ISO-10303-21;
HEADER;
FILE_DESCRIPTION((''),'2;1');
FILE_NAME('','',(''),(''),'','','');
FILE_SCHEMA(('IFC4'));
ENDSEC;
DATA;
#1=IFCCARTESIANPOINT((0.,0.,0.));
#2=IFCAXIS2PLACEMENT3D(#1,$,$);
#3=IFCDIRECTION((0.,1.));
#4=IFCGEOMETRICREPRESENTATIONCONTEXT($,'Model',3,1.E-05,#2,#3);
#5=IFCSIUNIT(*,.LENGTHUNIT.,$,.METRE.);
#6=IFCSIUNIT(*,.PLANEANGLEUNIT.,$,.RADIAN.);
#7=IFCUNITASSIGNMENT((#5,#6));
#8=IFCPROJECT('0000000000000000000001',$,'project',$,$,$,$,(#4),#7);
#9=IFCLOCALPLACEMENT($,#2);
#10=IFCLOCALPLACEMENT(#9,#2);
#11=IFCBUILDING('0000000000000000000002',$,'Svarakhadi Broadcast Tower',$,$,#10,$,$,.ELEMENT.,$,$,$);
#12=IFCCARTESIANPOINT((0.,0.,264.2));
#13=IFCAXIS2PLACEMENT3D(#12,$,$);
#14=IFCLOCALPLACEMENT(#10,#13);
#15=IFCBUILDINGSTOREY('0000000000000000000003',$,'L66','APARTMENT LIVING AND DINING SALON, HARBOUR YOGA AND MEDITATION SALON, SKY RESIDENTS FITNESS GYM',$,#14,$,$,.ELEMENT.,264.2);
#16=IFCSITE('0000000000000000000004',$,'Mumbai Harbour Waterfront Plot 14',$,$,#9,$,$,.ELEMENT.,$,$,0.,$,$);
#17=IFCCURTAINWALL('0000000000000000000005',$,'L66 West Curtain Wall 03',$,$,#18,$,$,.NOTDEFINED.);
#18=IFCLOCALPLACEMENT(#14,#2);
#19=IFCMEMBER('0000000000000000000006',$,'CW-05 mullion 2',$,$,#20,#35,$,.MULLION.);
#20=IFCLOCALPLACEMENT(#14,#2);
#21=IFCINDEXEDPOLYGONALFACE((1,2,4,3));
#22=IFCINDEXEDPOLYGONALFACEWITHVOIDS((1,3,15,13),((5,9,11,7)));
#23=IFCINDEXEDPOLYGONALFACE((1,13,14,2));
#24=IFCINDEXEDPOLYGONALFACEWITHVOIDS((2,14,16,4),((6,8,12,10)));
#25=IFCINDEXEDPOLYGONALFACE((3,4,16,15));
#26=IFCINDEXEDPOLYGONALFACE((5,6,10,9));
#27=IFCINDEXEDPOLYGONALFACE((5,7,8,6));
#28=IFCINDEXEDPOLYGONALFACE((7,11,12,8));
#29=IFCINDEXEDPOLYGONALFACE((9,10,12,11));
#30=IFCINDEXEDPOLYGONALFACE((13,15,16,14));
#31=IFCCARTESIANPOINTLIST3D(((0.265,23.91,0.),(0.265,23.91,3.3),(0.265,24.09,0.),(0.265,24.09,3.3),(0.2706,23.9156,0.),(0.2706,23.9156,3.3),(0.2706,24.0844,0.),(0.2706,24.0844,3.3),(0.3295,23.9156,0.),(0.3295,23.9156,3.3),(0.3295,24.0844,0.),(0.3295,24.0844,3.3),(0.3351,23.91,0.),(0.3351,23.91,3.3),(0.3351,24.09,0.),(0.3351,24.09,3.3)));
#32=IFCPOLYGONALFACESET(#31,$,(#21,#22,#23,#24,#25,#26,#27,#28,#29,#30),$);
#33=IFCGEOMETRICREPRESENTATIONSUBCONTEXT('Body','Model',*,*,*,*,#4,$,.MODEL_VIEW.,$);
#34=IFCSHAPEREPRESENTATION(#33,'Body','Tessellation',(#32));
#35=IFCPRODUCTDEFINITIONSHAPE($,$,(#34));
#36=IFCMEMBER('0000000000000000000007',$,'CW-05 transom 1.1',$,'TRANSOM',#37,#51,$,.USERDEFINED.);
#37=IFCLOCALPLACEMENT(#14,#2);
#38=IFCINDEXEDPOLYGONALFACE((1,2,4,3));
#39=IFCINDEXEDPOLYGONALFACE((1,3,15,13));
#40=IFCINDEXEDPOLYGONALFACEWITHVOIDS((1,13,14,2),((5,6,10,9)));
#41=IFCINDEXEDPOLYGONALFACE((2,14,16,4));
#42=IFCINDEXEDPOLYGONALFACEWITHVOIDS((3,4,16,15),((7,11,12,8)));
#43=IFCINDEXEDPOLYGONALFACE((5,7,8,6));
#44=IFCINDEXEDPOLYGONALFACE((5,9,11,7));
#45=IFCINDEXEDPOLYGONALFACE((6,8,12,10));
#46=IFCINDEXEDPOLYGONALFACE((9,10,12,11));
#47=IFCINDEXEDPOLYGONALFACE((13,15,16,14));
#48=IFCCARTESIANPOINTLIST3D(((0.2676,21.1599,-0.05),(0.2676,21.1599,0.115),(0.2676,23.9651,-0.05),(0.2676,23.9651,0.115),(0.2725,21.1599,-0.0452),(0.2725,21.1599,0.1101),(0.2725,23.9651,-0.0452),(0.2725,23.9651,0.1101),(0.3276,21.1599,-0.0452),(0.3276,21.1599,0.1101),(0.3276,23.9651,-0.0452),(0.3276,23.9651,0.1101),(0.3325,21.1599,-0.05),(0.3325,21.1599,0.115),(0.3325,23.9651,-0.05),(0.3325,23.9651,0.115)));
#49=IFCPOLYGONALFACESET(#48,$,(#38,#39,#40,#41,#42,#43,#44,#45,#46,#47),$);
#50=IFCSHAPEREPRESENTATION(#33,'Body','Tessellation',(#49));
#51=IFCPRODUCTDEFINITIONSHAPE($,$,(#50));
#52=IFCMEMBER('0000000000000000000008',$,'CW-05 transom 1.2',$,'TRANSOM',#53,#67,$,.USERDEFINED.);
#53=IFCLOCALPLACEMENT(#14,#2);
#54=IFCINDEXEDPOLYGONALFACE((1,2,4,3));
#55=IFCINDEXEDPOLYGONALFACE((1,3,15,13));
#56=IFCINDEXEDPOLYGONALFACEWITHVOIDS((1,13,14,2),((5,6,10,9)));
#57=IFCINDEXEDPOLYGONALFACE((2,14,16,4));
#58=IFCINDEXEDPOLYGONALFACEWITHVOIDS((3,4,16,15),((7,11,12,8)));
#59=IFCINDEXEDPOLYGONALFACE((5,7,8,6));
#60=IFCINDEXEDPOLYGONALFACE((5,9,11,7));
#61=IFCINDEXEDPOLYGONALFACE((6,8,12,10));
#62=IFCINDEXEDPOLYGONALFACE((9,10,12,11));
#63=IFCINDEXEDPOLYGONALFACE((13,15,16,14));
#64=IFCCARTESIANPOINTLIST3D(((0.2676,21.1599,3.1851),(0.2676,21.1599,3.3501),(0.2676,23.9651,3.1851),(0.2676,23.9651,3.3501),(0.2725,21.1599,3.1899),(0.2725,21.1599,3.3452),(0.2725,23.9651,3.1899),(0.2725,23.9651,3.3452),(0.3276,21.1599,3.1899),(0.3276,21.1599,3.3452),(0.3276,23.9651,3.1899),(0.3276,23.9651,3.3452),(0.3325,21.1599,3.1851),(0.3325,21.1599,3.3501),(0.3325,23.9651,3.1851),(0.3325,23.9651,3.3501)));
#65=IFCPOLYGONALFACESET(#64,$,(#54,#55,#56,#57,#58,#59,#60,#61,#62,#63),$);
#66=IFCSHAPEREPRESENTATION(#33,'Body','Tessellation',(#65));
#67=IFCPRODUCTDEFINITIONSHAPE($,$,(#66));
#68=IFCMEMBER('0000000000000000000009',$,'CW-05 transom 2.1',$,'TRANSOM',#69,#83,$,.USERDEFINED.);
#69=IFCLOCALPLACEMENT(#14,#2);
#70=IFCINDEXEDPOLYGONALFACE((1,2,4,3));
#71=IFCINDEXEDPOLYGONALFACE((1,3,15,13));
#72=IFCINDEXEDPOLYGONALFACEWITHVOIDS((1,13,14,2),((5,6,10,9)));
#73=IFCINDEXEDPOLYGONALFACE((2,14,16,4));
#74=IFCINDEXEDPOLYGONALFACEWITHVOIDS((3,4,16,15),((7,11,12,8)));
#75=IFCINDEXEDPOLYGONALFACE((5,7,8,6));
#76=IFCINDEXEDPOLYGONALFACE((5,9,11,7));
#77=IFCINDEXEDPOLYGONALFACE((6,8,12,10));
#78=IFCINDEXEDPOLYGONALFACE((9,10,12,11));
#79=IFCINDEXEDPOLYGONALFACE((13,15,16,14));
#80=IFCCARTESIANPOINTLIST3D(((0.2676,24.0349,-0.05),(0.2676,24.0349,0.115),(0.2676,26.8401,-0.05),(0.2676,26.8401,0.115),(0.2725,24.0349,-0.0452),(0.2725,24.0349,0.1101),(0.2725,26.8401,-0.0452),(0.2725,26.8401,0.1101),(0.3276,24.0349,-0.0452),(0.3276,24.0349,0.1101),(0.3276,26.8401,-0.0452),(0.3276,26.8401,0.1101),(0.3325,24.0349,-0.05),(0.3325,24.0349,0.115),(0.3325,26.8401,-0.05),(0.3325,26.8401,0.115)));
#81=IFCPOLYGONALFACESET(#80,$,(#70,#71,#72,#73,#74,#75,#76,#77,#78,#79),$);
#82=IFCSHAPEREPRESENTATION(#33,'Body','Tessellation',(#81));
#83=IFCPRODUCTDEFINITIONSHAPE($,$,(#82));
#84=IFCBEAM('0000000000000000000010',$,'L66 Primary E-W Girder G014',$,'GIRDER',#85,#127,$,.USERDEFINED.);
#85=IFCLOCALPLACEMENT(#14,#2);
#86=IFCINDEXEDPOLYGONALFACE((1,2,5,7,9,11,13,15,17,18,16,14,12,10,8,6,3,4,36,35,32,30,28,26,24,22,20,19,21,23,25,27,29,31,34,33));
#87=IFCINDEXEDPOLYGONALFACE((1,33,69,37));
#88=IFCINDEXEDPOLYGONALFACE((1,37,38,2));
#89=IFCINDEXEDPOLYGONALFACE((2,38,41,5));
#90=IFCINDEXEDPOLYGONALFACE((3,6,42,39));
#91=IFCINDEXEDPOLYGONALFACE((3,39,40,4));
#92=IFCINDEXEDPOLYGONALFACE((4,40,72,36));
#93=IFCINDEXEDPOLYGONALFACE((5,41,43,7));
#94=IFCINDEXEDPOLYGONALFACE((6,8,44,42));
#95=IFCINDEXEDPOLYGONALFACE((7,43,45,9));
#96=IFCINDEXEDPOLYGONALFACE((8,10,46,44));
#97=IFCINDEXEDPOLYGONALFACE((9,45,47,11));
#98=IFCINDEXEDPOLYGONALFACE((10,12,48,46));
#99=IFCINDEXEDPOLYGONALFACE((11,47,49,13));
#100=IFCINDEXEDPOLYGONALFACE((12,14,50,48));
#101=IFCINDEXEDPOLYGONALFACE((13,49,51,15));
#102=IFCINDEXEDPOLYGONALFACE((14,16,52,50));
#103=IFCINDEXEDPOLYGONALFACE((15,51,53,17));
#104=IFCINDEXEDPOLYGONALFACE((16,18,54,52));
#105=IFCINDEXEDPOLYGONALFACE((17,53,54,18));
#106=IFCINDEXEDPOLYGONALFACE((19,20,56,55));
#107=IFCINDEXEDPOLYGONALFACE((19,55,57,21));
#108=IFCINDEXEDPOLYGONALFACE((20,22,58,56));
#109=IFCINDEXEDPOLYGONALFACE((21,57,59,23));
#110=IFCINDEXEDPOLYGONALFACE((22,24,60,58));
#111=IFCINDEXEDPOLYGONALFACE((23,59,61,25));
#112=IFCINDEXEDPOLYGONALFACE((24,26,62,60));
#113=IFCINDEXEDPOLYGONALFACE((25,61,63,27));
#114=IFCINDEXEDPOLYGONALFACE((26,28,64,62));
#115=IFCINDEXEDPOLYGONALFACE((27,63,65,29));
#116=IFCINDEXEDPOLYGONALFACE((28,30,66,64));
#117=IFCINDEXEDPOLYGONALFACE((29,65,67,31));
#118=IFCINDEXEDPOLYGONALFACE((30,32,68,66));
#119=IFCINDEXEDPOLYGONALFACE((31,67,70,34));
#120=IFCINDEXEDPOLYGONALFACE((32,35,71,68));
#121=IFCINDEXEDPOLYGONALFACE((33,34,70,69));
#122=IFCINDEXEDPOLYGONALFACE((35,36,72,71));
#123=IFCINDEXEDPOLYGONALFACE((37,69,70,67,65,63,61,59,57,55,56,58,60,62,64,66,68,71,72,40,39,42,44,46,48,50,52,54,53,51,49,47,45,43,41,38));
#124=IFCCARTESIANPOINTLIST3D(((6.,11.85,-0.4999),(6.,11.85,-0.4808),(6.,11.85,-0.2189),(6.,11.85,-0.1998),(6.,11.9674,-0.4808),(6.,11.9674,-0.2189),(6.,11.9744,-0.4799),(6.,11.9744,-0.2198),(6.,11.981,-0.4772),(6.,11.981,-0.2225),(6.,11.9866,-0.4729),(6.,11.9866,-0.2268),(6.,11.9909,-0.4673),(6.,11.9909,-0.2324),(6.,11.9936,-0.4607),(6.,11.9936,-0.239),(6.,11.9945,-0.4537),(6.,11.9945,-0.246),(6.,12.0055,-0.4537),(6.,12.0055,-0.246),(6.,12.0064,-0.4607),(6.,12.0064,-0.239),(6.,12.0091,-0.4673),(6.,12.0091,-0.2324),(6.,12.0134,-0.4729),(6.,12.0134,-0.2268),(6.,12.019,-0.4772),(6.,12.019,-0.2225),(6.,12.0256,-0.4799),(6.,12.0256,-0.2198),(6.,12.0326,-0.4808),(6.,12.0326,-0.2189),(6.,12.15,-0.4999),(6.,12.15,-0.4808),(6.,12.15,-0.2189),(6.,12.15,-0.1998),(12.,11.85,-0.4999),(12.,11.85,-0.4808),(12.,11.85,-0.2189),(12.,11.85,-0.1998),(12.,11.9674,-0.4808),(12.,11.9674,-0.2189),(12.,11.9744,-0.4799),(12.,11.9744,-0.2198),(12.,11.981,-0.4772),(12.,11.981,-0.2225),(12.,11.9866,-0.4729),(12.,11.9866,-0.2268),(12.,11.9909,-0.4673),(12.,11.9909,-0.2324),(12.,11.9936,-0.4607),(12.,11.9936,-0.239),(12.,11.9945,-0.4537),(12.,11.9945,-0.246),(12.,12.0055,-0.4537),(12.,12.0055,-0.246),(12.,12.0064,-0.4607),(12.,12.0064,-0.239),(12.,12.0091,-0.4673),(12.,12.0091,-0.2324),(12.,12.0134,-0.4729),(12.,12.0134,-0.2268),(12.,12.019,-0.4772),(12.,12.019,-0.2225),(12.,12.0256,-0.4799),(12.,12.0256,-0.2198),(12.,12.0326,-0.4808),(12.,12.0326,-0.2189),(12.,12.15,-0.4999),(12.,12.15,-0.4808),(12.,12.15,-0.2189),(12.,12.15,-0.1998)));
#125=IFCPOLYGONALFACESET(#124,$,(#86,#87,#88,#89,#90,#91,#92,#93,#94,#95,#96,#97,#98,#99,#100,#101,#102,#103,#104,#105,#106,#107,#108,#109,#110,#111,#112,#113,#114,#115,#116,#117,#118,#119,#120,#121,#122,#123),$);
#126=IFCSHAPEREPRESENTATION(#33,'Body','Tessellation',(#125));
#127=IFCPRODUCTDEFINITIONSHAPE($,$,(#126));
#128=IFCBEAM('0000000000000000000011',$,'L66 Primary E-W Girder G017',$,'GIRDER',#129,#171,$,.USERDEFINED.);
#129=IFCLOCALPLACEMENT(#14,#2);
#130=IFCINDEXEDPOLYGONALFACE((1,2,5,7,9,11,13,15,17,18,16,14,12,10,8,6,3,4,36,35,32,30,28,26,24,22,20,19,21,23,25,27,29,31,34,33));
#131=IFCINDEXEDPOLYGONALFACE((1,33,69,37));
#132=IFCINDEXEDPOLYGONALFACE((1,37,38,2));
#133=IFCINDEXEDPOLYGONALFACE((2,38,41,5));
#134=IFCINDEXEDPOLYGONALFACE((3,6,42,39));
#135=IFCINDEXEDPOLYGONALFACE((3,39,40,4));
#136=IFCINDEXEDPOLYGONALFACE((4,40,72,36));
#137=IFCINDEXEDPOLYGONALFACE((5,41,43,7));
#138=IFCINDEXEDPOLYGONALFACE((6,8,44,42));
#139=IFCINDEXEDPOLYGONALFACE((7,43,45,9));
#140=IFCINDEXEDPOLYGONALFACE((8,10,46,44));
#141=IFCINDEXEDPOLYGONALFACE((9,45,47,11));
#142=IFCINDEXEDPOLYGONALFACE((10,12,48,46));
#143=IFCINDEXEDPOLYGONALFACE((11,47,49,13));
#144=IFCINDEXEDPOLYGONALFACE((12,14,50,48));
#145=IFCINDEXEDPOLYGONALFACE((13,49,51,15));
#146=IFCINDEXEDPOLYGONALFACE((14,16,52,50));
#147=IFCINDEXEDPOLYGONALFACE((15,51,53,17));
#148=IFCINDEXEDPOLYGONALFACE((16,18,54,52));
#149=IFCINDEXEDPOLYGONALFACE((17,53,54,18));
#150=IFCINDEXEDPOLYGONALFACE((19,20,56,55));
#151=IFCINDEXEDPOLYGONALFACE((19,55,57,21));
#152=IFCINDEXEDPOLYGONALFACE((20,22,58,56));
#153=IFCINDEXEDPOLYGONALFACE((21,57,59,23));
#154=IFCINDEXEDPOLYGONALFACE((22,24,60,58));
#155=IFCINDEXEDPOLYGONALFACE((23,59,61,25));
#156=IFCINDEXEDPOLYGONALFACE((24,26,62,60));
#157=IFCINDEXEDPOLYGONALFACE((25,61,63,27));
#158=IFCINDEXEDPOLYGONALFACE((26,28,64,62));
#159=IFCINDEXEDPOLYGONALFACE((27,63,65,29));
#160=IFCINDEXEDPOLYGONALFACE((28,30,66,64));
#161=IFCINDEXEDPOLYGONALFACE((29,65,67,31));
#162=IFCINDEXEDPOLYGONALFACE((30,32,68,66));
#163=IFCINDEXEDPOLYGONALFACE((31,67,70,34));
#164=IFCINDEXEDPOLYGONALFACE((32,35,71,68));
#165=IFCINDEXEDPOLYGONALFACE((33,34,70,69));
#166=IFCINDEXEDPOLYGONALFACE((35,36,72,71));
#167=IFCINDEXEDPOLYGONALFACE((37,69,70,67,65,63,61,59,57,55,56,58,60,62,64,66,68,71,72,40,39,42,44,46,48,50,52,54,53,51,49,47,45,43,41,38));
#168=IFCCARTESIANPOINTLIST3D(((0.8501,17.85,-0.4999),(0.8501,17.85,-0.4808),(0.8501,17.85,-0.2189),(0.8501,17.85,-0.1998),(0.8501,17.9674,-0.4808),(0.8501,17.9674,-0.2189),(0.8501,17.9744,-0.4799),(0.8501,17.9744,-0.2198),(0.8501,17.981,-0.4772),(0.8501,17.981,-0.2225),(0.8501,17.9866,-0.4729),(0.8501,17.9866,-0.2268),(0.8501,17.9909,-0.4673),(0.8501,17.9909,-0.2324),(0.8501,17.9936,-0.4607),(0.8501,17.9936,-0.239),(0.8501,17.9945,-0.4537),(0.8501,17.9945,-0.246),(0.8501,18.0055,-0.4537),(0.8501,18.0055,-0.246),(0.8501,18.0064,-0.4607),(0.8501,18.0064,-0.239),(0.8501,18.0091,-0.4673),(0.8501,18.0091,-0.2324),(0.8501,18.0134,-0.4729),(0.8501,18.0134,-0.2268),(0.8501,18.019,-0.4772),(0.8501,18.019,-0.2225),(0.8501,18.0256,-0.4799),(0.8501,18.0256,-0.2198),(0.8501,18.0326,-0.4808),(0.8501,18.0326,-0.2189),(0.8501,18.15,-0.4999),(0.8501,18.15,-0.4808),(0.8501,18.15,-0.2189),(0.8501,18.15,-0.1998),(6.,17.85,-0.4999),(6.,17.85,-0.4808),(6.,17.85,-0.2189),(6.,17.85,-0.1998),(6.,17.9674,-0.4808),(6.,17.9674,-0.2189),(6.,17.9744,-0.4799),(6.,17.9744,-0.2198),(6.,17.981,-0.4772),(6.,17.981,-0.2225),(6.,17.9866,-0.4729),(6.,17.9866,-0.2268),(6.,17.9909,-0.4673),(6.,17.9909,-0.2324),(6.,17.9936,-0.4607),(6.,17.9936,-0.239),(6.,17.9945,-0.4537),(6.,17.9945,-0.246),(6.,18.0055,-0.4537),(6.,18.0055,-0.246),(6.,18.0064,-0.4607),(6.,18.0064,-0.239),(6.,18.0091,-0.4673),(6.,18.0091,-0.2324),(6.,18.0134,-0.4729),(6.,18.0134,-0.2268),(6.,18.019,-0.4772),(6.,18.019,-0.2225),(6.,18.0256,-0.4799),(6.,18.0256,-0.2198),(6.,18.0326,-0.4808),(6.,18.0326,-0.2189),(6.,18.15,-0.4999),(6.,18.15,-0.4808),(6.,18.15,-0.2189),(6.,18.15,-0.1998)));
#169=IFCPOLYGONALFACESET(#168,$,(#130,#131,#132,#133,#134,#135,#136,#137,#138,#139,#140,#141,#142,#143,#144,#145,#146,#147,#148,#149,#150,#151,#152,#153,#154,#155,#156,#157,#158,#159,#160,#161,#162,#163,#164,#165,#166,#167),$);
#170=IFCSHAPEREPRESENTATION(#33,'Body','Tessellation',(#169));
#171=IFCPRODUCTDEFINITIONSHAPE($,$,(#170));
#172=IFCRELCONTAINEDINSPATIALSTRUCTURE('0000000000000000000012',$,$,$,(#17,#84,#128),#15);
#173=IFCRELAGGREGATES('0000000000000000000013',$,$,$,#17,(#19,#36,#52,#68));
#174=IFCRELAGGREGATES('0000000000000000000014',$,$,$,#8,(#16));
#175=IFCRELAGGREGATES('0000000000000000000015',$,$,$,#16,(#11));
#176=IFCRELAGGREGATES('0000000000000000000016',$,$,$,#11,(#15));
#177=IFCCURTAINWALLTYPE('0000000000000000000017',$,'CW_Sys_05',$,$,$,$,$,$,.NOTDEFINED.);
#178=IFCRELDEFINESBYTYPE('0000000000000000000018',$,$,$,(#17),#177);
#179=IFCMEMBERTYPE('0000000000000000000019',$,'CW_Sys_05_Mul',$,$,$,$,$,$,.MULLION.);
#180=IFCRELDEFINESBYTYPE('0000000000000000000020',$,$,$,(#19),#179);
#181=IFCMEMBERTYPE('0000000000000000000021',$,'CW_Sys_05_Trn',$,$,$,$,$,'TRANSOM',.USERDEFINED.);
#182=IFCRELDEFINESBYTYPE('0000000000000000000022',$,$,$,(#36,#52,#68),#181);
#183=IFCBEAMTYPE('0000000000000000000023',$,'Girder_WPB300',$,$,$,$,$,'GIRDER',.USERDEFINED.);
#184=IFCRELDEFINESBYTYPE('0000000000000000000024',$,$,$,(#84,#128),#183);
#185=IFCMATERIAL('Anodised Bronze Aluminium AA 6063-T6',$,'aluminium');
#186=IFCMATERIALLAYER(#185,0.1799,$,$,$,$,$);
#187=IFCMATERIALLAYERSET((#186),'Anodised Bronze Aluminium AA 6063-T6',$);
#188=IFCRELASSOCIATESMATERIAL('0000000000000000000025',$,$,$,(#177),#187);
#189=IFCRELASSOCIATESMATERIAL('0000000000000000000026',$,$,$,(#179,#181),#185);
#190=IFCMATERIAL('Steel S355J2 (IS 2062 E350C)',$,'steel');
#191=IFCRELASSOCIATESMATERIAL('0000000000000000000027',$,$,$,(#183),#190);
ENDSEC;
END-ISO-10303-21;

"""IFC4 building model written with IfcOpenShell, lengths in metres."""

from ifc_helpers import new_model, si_unit, direction, frame, origin, origin_2d, place, context, subcontext, project, spatial, hollow_rectangle, i_section, extrude, material, layer, layer_set, material_profile, profile_set, type_object, element, aggregate, save


model = new_model("IFC4")

# Units and contexts
model_context = context("Model", 3, precision=1e-05, world=origin(), true_north=direction((0.0, 1.0)))
body_context = subcontext(model_context, "Body", "Model", "MODEL_VIEW")
ifc_project = project(units=[si_unit("LENGTHUNIT", "METRE"), si_unit("PLANEANGLEUNIT", "RADIAN")], contexts=[model_context])

# Site, building, storey
site_placement = place(None, origin())
site = spatial("IfcSite", under=ifc_project, at=site_placement, Name="Mumbai Harbour Waterfront Plot 14", CompositionType="ELEMENT", RefElevation=0.0)
building_placement = place(site_placement, origin())
building = spatial("IfcBuilding", under=site, at=building_placement, Name="Svarakhadi Broadcast Tower", CompositionType="ELEMENT")
storey_placement = place(building_placement, frame((0.0, 0.0, 264.2)))
storey = spatial("IfcBuildingStorey", under=building, at=storey_placement, Name="L66", Description="APARTMENT LIVING AND DINING SALON, HARBOUR YOGA AND MEDITATION SALON, SKY RESIDENTS FITNESS GYM", CompositionType="ELEMENT", Elevation=264.2)

# Shared definitions
ifc_material_1 = material(Name="Steel S355J2 (IS 2062 E350C)", Category="steel")

# Curtain wall, members
ifc_material_2 = material(Name="Anodised Bronze Aluminium AA 6063-T6", Category="aluminium")
ifc_layer_1 = layer(ifc_material_2, 0.1799)
ifc_layer_set_1 = layer_set([ifc_layer_1], Name="Anodised Bronze Aluminium AA 6063-T6")
curtain_wall_type = type_object("IfcCurtainWallType", Name="CW_Sys_05", PredefinedType="NOTDEFINED", material=ifc_layer_set_1)
curtain_wall_placement = place(storey_placement, origin())
curtain_wall = element("IfcCurtainWall", 1, at=curtain_wall_placement, inside=storey, type_object=curtain_wall_type, Name="L66 West Curtain Wall 03", PredefinedType="NOTDEFINED")
ifc_material_profile_1 = material_profile(ifc_material_2, hollow_rectangle(XDim=0.0701, YDim=0.1799, WallThickness=0.0056, at=origin_2d()), Name="ALU MULLION 180x70x6")
ifc_profile_set_1 = profile_set([ifc_material_profile_1], Name="Anodised Bronze Aluminium AA 6063-T6")
member_type_1 = type_object("IfcMemberType", Name="CW_Sys_05_Mul", PredefinedType="MULLION", material=ifc_profile_set_1)
member_1_placement = place(storey_placement, frame((0.3, 24.0, 0.0), z_axis=(0.0, 0.0, 1.0), x_axis=(-1.0, 0.0, 0.0)))
member_1 = element("IfcMember", 2, at=member_1_placement, type_object=member_type_1, Name="CW-05 mullion 2", PredefinedType="MULLION", context=body_context, shape_type="SweptSolid", body=[
    extrude(hollow_rectangle(XDim=0.0701, YDim=0.1799, WallThickness=0.0056, at=origin_2d()), origin(), (0.0, 0.0, 1.0), 3.3),
])
ifc_material_profile_2 = material_profile(ifc_material_2, hollow_rectangle(XDim=0.0649, YDim=0.165, WallThickness=0.0049, at=origin_2d()), Name="ALU TRANSOM 165x65x5")
ifc_profile_set_2 = profile_set([ifc_material_profile_2], Name="Anodised Bronze Aluminium AA 6063-T6")
member_type_2 = type_object("IfcMemberType", Name="CW_Sys_05_Trn", ElementType="TRANSOM", PredefinedType="USERDEFINED", material=ifc_profile_set_2)
member_2_placement = place(storey_placement, frame((0.3, 21.1599, 0.0325), z_axis=(0.0, 1.0, 0.0), x_axis=(-1.0, 0.0, 0.0)))
member_2 = element("IfcMember", 3, at=member_2_placement, type_object=member_type_2, Name="CW-05 transom 1.1", ObjectType="TRANSOM", PredefinedType="USERDEFINED", context=body_context, shape_type="SweptSolid", body=[
    extrude(hollow_rectangle(XDim=0.0649, YDim=0.165, WallThickness=0.0049, at=origin_2d()), origin(), (0.0, 0.0, 1.0), 2.8052),
])
member_3_placement = place(storey_placement, frame((0.3, 21.1599, 3.2676), z_axis=(0.0, 1.0, 0.0), x_axis=(-1.0, 0.0, 0.0)))
member_3 = element("IfcMember", 4, at=member_3_placement, type_object=member_type_2, Name="CW-05 transom 1.2", ObjectType="TRANSOM", PredefinedType="USERDEFINED", context=body_context, shape_type="SweptSolid", body=[
    extrude(hollow_rectangle(XDim=0.0649, YDim=0.165, WallThickness=0.0049, at=origin_2d()), origin(), (0.0, 0.0, 1.0), 2.8052),
])
member_4_placement = place(storey_placement, frame((0.3, 24.0349, 0.0325), z_axis=(0.0, 1.0, 0.0), x_axis=(-1.0, 0.0, 0.0)))
member_4 = element("IfcMember", 5, at=member_4_placement, type_object=member_type_2, Name="CW-05 transom 2.1", ObjectType="TRANSOM", PredefinedType="USERDEFINED", context=body_context, shape_type="SweptSolid", body=[
    extrude(hollow_rectangle(XDim=0.0649, YDim=0.165, WallThickness=0.0049, at=origin_2d()), origin(), (0.0, 0.0, 1.0), 2.8052),
])

# Beams
ifc_material_profile_3 = material_profile(ifc_material_1, i_section(OverallWidth=0.3, OverallDepth=0.3, WebThickness=0.011, FlangeThickness=0.019, FilletRadius=0.0271, at=origin_2d()), Name="WPB 300x300x117")
ifc_profile_set_3 = profile_set([ifc_material_profile_3], Name="Steel S355J2 (IS 2062 E350C)")
beam_type_1 = type_object("IfcBeamType", Name="Girder_WPB300", ElementType="GIRDER", PredefinedType="USERDEFINED", material=ifc_profile_set_3)
beam_1_placement = place(storey_placement, frame((6.0, 12.0, -0.3499), z_axis=(1.0, 0.0, 0.0), x_axis=(0.0, 1.0, 0.0)))
element("IfcBeam", 6, at=beam_1_placement, inside=storey, type_object=beam_type_1, Name="L66 Primary E-W Girder G014", ObjectType="GIRDER", PredefinedType="USERDEFINED", context=body_context, shape_type="SweptSolid", body=[
    extrude(i_section(OverallWidth=0.3, OverallDepth=0.3, WebThickness=0.011, FlangeThickness=0.019, FilletRadius=0.0271, at=origin_2d()), origin(), (0.0, 0.0, 1.0), 6.0),
])
beam_2_placement = place(storey_placement, frame((0.8501, 18.0, -0.3499), z_axis=(1.0, 0.0, 0.0), x_axis=(0.0, 1.0, 0.0)))
element("IfcBeam", 7, at=beam_2_placement, inside=storey, type_object=beam_type_1, Name="L66 Primary E-W Girder G017", ObjectType="GIRDER", PredefinedType="USERDEFINED", context=body_context, shape_type="SweptSolid", body=[
    extrude(i_section(OverallWidth=0.3, OverallDepth=0.3, WebThickness=0.011, FlangeThickness=0.019, FilletRadius=0.0271, at=origin_2d()), origin(), (0.0, 0.0, 1.0), 5.1499),
])

aggregate(curtain_wall, [member_1, member_2, member_3, member_4])

save(model, "model.ifc")
